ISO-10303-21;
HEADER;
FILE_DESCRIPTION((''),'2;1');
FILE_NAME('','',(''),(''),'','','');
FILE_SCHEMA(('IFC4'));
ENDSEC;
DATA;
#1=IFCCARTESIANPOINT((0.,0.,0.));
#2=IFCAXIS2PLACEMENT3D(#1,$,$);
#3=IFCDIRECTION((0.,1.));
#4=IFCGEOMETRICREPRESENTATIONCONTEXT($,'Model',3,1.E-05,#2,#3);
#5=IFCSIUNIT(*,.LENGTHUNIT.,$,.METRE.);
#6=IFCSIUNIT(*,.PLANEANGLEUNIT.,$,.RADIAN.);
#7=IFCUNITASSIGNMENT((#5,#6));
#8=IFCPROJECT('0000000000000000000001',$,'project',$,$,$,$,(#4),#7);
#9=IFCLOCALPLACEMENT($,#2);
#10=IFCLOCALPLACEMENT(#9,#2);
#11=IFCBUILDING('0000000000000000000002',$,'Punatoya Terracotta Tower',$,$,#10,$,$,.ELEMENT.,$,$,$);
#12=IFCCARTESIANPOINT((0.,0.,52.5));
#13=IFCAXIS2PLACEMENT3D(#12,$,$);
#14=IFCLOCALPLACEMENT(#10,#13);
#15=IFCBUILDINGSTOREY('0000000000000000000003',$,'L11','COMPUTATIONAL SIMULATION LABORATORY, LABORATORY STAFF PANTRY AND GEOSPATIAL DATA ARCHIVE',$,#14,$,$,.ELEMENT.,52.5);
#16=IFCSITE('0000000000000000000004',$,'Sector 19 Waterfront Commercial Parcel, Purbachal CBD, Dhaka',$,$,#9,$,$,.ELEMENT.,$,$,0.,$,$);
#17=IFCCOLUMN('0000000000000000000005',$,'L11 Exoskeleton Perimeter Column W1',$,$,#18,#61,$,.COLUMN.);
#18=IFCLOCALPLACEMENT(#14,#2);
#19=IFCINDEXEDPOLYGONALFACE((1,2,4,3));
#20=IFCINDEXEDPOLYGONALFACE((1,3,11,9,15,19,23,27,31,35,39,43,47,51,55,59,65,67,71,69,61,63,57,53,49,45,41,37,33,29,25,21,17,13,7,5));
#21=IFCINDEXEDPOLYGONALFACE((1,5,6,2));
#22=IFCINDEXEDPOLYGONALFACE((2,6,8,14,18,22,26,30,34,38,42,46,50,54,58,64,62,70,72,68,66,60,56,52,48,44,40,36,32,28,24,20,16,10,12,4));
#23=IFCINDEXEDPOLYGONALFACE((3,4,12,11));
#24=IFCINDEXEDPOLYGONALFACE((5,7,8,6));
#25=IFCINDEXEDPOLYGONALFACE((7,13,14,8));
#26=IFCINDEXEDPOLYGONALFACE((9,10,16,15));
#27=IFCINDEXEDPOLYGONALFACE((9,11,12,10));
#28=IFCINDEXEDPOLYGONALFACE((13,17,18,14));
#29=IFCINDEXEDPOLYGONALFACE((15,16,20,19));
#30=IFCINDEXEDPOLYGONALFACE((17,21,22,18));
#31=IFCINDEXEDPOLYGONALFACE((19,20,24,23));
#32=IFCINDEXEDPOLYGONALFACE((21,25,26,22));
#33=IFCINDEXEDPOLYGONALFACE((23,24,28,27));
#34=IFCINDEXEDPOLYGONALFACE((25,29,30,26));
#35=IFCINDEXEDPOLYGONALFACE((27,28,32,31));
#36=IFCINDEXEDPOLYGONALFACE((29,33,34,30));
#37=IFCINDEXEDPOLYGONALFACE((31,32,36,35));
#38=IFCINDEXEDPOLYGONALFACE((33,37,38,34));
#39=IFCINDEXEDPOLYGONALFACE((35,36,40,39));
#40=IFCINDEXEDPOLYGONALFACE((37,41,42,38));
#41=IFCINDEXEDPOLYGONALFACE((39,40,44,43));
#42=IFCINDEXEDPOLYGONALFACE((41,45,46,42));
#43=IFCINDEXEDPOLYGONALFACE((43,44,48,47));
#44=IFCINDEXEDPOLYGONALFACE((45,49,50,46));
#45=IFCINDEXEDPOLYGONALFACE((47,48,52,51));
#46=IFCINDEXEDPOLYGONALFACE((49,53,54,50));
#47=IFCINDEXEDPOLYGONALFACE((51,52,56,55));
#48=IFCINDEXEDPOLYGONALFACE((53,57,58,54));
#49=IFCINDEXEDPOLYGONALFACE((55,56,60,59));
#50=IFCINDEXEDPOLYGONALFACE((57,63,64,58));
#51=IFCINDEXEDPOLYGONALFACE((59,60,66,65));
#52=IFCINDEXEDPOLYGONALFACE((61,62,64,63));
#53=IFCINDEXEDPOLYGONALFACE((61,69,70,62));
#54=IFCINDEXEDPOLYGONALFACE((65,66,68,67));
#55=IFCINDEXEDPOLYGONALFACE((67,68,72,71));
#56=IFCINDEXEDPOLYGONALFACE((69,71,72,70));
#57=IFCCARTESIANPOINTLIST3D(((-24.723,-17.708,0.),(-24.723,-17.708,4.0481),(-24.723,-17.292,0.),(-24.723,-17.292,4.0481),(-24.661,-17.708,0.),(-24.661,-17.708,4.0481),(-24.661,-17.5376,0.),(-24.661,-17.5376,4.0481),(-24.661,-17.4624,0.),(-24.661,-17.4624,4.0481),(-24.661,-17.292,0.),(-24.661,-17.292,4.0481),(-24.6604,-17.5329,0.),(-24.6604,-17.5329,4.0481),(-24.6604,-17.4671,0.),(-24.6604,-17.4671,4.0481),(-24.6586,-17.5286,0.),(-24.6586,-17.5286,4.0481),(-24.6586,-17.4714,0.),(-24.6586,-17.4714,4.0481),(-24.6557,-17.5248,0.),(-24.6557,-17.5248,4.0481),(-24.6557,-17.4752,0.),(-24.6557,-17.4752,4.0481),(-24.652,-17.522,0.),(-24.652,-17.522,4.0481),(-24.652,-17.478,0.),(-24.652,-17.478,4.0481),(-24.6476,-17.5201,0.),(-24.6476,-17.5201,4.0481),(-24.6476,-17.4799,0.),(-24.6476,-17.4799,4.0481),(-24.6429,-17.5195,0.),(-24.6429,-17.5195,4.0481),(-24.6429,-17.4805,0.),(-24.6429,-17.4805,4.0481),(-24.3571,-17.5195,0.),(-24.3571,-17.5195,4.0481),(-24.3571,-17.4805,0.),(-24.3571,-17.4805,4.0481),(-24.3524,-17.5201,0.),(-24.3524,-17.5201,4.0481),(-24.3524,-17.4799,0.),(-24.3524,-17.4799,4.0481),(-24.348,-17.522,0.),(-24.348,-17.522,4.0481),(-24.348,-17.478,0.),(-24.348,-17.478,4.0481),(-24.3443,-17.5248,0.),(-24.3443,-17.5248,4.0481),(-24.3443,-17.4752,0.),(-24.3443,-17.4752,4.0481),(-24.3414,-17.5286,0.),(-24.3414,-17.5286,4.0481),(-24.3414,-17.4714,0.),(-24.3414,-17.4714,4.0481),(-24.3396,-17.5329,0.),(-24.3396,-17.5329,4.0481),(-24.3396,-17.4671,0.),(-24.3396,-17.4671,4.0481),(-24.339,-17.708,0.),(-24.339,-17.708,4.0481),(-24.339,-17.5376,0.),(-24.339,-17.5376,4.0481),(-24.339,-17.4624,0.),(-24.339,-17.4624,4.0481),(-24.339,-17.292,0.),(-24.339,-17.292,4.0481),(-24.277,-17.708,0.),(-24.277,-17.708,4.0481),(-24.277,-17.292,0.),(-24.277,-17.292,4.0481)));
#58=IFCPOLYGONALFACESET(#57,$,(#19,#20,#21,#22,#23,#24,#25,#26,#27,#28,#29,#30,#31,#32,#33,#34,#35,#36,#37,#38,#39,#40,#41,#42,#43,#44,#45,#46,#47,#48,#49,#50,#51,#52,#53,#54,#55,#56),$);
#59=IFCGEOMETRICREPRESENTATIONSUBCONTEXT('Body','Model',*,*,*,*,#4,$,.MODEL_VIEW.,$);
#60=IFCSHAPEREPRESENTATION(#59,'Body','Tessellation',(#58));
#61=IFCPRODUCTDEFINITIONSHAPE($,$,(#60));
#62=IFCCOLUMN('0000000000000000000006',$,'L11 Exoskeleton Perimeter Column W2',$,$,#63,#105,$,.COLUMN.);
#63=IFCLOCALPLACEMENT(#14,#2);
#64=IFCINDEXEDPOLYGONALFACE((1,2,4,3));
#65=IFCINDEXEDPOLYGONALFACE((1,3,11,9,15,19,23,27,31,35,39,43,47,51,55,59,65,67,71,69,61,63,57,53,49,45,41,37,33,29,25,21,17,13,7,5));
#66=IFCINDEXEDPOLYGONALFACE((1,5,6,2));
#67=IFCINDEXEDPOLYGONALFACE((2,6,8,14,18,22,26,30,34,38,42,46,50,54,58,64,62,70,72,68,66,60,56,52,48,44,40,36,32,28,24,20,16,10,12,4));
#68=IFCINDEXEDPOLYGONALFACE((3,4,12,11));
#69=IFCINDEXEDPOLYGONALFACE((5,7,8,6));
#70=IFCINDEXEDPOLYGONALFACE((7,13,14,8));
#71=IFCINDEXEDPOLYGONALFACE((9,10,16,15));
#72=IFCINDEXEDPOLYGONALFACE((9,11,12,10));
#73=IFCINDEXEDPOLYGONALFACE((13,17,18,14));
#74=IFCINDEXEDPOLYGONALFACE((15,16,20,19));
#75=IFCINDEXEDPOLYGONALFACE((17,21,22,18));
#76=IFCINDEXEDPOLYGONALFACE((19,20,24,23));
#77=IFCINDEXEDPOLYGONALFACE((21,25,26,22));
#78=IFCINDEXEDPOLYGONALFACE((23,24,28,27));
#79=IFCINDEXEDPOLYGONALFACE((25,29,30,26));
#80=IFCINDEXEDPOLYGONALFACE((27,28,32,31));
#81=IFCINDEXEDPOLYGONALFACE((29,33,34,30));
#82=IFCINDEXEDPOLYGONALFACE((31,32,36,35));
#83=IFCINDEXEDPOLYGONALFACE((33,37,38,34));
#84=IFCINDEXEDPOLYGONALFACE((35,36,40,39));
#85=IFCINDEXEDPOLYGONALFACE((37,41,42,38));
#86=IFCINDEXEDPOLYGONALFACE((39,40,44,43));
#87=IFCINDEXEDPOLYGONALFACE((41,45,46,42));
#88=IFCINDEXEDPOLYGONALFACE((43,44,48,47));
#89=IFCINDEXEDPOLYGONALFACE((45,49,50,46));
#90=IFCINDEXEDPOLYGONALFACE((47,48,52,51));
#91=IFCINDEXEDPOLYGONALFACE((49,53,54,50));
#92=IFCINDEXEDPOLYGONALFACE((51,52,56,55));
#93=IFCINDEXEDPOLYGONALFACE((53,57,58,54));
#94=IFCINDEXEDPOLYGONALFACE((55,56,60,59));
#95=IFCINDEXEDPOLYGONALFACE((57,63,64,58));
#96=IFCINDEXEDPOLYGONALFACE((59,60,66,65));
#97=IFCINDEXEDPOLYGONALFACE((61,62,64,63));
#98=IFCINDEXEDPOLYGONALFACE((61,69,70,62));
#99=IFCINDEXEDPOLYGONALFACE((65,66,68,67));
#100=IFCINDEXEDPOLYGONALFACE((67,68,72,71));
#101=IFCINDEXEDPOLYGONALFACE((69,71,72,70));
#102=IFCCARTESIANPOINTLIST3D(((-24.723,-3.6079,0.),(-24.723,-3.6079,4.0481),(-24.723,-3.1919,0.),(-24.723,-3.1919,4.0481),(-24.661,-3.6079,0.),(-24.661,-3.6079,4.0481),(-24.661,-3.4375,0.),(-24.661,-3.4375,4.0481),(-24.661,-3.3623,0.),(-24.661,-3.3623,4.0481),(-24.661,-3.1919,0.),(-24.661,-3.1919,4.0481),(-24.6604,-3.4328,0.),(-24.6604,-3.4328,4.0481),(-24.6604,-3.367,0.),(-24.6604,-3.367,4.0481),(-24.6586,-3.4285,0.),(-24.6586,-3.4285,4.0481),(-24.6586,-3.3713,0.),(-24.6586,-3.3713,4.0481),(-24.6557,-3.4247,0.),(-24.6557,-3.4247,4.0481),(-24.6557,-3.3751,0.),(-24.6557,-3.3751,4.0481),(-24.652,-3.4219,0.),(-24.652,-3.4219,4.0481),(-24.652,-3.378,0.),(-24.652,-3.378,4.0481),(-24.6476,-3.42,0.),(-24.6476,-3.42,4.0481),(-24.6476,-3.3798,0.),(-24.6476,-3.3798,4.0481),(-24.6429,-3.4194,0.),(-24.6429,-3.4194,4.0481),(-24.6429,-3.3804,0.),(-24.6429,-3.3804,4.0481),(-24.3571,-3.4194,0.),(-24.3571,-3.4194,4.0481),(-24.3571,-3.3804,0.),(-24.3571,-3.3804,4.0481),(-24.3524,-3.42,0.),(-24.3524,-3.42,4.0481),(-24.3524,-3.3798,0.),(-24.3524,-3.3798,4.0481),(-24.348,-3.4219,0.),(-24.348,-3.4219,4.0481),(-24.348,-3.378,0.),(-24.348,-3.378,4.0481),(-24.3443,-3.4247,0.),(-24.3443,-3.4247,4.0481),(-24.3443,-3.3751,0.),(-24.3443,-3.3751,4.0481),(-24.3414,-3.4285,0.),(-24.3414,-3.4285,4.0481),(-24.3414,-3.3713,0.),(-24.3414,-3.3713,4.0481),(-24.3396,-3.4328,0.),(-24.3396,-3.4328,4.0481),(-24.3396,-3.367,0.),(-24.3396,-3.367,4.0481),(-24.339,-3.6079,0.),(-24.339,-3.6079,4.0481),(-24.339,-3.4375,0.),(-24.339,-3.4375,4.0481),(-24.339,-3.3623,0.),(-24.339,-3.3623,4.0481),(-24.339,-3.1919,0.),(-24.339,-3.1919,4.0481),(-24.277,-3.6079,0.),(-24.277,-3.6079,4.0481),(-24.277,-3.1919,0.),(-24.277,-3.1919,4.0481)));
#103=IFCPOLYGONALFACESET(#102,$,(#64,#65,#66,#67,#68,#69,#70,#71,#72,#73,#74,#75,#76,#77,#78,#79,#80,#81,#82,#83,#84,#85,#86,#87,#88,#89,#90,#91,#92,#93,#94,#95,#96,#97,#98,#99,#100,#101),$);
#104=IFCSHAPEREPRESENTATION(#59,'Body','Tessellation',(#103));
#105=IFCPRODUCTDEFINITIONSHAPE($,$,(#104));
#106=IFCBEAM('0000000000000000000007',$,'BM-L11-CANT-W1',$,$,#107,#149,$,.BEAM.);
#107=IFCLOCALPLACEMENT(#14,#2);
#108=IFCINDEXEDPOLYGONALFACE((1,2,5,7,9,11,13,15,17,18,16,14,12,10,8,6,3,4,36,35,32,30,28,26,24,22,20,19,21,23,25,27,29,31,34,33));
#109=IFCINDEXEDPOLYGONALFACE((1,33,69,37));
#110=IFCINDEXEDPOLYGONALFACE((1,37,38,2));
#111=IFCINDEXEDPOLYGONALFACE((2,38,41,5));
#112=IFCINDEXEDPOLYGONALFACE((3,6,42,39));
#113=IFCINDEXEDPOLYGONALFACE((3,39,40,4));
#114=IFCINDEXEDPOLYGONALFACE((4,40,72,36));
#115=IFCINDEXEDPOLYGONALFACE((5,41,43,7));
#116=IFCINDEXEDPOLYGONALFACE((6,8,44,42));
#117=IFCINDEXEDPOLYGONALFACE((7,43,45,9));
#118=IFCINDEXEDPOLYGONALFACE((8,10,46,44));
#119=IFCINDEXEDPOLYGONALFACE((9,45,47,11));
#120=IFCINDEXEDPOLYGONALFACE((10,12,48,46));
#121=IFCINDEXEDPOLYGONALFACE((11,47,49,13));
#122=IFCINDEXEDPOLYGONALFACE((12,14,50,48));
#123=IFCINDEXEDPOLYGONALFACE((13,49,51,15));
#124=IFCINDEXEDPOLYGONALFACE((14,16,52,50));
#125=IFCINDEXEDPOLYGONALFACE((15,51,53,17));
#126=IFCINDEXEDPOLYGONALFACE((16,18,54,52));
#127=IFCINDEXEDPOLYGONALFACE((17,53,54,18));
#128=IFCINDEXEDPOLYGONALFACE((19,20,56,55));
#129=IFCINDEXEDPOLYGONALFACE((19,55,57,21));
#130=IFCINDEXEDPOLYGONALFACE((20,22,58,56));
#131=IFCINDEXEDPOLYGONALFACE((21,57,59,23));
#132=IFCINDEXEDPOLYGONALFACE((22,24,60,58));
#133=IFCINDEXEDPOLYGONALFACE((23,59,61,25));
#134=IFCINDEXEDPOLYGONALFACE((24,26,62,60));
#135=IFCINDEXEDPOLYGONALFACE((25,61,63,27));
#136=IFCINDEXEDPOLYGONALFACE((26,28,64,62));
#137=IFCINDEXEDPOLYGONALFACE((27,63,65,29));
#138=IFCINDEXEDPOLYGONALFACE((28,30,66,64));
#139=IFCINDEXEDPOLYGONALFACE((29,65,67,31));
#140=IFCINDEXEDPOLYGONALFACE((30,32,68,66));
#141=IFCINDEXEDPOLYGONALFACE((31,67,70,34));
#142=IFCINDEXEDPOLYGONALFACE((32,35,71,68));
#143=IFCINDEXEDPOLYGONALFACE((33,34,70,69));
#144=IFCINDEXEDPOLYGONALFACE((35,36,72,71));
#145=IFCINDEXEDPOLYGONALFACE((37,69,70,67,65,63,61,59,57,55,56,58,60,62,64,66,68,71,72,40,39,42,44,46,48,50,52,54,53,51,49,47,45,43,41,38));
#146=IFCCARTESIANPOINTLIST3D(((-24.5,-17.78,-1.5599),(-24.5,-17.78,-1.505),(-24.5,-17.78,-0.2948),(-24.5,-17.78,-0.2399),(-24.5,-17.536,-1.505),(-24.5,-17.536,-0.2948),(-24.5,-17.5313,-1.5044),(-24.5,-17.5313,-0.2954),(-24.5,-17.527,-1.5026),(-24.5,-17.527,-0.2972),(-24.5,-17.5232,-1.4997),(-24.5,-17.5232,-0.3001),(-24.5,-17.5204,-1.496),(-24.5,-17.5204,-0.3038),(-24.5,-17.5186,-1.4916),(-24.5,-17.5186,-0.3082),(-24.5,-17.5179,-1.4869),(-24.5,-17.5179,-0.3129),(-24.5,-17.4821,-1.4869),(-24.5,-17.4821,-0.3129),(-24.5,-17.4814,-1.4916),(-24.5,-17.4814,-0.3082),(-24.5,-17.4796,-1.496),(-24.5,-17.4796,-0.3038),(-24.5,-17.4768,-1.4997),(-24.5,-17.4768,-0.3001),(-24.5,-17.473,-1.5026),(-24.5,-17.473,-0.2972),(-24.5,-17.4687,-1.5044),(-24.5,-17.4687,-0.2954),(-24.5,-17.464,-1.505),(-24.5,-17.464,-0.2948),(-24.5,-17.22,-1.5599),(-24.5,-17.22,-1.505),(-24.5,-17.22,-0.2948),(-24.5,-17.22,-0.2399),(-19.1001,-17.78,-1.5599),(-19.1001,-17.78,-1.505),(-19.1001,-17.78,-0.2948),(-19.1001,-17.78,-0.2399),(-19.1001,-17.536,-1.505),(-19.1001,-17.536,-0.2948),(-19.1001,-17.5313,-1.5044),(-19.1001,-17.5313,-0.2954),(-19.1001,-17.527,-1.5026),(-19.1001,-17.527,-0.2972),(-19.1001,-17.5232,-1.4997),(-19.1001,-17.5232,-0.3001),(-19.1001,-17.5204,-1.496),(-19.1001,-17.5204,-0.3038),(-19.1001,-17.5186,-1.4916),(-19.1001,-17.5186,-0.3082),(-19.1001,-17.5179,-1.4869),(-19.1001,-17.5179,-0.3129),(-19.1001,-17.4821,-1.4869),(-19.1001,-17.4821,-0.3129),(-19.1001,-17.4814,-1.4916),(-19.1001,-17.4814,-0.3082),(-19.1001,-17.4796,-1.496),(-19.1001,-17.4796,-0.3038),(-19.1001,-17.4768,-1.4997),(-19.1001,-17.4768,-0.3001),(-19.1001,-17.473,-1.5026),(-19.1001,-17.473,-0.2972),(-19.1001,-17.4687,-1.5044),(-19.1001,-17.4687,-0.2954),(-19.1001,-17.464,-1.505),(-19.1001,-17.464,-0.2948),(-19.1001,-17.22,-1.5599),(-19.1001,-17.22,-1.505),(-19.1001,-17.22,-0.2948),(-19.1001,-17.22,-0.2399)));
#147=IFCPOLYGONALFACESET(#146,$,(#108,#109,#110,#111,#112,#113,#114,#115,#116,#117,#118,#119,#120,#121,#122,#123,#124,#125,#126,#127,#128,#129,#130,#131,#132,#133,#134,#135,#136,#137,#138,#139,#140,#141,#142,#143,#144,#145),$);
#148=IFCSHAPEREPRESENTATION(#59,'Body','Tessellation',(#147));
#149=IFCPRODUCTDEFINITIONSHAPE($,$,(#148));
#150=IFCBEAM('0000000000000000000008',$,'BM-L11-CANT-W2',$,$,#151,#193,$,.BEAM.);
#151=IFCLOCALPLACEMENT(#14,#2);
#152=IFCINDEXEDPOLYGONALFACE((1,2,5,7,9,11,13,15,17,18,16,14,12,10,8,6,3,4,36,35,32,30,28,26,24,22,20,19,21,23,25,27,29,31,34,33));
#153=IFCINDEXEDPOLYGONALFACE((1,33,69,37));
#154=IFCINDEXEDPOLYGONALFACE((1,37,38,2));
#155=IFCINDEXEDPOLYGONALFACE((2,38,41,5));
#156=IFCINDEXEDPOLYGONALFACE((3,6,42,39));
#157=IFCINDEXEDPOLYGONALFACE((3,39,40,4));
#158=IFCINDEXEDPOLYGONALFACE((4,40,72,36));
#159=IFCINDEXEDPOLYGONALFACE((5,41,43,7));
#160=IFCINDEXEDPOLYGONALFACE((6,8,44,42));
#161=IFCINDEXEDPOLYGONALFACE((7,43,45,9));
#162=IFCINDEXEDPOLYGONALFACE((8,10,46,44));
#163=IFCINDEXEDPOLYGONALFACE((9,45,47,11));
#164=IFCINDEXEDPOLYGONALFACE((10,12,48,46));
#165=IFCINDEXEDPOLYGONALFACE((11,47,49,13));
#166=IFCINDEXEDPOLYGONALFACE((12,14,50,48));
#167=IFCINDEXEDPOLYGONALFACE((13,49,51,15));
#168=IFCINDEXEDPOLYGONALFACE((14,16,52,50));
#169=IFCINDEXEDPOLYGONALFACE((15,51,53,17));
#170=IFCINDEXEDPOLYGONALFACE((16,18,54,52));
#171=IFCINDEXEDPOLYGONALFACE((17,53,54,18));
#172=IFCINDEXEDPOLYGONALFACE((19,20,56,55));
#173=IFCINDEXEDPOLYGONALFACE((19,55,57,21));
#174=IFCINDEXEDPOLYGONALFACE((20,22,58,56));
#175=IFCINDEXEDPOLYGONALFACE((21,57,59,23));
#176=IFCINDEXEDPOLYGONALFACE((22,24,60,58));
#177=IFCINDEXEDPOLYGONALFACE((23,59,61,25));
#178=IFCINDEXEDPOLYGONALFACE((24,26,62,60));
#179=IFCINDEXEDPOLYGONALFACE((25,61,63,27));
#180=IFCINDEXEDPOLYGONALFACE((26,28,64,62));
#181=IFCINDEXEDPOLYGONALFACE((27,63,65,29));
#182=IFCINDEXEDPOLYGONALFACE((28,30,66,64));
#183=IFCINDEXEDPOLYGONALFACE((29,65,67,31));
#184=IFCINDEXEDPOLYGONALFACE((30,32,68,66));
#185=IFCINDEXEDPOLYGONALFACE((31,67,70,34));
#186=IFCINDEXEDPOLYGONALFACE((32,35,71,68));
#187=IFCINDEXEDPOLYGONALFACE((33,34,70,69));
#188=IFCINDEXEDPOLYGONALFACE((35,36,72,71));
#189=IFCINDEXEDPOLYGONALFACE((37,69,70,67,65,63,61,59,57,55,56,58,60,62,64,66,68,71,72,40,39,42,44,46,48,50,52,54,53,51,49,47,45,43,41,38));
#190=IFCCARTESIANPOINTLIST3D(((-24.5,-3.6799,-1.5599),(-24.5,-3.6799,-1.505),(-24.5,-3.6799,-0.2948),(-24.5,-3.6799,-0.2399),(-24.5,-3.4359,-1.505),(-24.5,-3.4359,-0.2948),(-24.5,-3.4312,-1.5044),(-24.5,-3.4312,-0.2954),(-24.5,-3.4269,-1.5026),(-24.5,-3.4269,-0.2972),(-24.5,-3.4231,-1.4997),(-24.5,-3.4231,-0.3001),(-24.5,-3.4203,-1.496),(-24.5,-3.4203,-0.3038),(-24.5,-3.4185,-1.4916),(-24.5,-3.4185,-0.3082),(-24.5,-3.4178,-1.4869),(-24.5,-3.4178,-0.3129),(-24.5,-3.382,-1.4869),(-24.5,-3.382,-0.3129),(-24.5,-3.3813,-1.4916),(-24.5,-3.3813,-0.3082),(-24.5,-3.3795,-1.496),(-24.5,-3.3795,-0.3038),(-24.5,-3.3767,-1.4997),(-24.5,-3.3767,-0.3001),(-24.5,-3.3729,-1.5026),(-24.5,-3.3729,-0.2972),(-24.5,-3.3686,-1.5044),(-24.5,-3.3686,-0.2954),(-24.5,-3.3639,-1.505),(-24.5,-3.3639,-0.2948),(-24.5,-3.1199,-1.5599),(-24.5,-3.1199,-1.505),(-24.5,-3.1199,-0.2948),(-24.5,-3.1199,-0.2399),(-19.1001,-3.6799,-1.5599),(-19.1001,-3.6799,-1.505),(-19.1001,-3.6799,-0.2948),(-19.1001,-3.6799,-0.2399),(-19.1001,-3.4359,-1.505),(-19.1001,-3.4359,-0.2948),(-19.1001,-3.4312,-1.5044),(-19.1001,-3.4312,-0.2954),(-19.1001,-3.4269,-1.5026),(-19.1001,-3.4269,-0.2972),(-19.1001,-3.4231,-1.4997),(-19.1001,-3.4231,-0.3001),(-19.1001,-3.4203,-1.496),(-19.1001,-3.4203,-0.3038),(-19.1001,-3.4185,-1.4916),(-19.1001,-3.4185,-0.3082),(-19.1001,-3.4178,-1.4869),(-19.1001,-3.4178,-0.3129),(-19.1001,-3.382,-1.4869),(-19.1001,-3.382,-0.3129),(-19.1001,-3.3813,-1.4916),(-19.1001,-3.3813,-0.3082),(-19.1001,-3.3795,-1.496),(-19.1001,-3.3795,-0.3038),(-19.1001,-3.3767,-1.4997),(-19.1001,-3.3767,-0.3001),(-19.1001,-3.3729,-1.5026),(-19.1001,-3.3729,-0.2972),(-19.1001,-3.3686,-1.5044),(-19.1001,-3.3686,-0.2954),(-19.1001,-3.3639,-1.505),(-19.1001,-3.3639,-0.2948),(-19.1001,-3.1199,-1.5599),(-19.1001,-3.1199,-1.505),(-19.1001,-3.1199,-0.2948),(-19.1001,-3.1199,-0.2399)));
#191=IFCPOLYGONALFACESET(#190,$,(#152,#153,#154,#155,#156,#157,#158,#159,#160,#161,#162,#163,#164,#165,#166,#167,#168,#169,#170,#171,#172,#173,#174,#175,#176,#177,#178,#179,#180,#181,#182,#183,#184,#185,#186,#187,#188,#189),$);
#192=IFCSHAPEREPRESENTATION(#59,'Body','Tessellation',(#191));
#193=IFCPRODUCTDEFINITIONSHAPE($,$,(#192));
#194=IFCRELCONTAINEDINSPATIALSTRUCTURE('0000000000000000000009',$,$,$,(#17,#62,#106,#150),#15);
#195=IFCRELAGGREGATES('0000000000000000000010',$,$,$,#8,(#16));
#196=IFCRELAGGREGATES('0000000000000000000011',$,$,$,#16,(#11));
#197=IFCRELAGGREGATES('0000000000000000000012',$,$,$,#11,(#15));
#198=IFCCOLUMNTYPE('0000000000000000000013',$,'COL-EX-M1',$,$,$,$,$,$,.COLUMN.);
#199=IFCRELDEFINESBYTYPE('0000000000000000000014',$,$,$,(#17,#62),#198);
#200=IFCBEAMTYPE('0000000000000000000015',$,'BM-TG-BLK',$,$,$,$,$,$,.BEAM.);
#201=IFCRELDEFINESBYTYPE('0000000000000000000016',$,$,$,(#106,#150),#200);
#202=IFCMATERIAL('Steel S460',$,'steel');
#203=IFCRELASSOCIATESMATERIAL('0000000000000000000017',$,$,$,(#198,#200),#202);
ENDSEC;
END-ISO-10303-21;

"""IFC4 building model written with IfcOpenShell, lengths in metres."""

from ifc_helpers import new_model, si_unit, direction, frame, origin, origin_2d, place, context, subcontext, project, spatial, i_section, extrude, material, material_profile, profile_set, type_object, element, save


model = new_model("IFC4")

# Units and contexts
model_context = context("Model", 3, precision=1e-05, world=origin(), true_north=direction((0.0, 1.0)))
body_context = subcontext(model_context, "Body", "Model", "MODEL_VIEW")
ifc_project = project(units=[si_unit("LENGTHUNIT", "METRE"), si_unit("PLANEANGLEUNIT", "RADIAN")], contexts=[model_context])

# Site, building, storey
site_placement = place(None, origin())
site = spatial("IfcSite", under=ifc_project, at=site_placement, Name="Sector 19 Waterfront Commercial Parcel, Purbachal CBD, Dhaka", CompositionType="ELEMENT", RefElevation=0.0)
building_placement = place(site_placement, origin())
building = spatial("IfcBuilding", under=site, at=building_placement, Name="Punatoya Terracotta Tower", CompositionType="ELEMENT")
storey_placement = place(building_placement, frame((0.0, 0.0, 52.5)))
storey = spatial("IfcBuildingStorey", under=building, at=storey_placement, Name="L11", Description="COMPUTATIONAL SIMULATION LABORATORY, LABORATORY STAFF PANTRY AND GEOSPATIAL DATA ARCHIVE", CompositionType="ELEMENT", Elevation=52.5)

# Columns
ifc_material_1 = material(Name="Steel S460", Category="steel")
ifc_material_profile_1 = material_profile(ifc_material_1, i_section(OverallWidth=0.416, OverallDepth=0.446, WebThickness=0.0391, FlangeThickness=0.062, FilletRadius=0.0181, at=origin_2d()))
ifc_profile_set_1 = profile_set([ifc_material_profile_1], Name="Steel S460")
column_type = type_object("IfcColumnType", Name="COL-EX-M1", PredefinedType="COLUMN", material=ifc_profile_set_1)
for number, where, z_axis, x_axis, name in (
    (1, (-24.5, -17.5, 0.0), (0.0, 0.0, 1.0), (0.0, 1.0, 0.0), "L11 Exoskeleton Perimeter Column W1"),
    (2, (-24.5, -3.3999, 0.0), (0.0, 0.0, 1.0), (0.0, 1.0, 0.0), "L11 Exoskeleton Perimeter Column W2"),
):
    element("IfcColumn", number, at=place(storey_placement, frame(where, z_axis=z_axis, x_axis=x_axis)), inside=storey, type_object=column_type, Name=name, PredefinedType="COLUMN", context=body_context, shape_type="SweptSolid", body=[
        extrude(i_section(OverallWidth=0.416, OverallDepth=0.446, WebThickness=0.0391, FlangeThickness=0.062, FilletRadius=0.0181, at=origin_2d()), origin(), (0.0, 0.0, 1.0), 4.0481),
    ])

# Beams
ifc_material_profile_2 = material_profile(ifc_material_1, i_section(OverallWidth=0.5601, OverallDepth=1.3201, WebThickness=0.0359, FlangeThickness=0.0549, FilletRadius=0.0181, at=origin_2d()))
ifc_profile_set_2 = profile_set([ifc_material_profile_2], Name="Steel S460")
beam_type_1 = type_object("IfcBeamType", Name="BM-TG-BLK", PredefinedType="BEAM", material=ifc_profile_set_2)
for number, where, z_axis, x_axis, name in (
    (3, (-24.5, -17.5, -0.8999), (1.0, 0.0, 0.0), (0.0, 1.0, 0.0), "BM-L11-CANT-W1"),
    (4, (-24.5, -3.3999, -0.8999), (1.0, 0.0, 0.0), (0.0, 1.0, 0.0), "BM-L11-CANT-W2"),
):
    element("IfcBeam", number, at=place(storey_placement, frame(where, z_axis=z_axis, x_axis=x_axis)), inside=storey, type_object=beam_type_1, Name=name, PredefinedType="BEAM", context=body_context, shape_type="SweptSolid", body=[
        extrude(i_section(OverallWidth=0.5601, OverallDepth=1.3201, WebThickness=0.0359, FlangeThickness=0.0549, FilletRadius=0.0181, at=origin_2d()), origin(), (0.0, 0.0, 1.0), 5.3999),
    ])

save(model, "model.ifc")
